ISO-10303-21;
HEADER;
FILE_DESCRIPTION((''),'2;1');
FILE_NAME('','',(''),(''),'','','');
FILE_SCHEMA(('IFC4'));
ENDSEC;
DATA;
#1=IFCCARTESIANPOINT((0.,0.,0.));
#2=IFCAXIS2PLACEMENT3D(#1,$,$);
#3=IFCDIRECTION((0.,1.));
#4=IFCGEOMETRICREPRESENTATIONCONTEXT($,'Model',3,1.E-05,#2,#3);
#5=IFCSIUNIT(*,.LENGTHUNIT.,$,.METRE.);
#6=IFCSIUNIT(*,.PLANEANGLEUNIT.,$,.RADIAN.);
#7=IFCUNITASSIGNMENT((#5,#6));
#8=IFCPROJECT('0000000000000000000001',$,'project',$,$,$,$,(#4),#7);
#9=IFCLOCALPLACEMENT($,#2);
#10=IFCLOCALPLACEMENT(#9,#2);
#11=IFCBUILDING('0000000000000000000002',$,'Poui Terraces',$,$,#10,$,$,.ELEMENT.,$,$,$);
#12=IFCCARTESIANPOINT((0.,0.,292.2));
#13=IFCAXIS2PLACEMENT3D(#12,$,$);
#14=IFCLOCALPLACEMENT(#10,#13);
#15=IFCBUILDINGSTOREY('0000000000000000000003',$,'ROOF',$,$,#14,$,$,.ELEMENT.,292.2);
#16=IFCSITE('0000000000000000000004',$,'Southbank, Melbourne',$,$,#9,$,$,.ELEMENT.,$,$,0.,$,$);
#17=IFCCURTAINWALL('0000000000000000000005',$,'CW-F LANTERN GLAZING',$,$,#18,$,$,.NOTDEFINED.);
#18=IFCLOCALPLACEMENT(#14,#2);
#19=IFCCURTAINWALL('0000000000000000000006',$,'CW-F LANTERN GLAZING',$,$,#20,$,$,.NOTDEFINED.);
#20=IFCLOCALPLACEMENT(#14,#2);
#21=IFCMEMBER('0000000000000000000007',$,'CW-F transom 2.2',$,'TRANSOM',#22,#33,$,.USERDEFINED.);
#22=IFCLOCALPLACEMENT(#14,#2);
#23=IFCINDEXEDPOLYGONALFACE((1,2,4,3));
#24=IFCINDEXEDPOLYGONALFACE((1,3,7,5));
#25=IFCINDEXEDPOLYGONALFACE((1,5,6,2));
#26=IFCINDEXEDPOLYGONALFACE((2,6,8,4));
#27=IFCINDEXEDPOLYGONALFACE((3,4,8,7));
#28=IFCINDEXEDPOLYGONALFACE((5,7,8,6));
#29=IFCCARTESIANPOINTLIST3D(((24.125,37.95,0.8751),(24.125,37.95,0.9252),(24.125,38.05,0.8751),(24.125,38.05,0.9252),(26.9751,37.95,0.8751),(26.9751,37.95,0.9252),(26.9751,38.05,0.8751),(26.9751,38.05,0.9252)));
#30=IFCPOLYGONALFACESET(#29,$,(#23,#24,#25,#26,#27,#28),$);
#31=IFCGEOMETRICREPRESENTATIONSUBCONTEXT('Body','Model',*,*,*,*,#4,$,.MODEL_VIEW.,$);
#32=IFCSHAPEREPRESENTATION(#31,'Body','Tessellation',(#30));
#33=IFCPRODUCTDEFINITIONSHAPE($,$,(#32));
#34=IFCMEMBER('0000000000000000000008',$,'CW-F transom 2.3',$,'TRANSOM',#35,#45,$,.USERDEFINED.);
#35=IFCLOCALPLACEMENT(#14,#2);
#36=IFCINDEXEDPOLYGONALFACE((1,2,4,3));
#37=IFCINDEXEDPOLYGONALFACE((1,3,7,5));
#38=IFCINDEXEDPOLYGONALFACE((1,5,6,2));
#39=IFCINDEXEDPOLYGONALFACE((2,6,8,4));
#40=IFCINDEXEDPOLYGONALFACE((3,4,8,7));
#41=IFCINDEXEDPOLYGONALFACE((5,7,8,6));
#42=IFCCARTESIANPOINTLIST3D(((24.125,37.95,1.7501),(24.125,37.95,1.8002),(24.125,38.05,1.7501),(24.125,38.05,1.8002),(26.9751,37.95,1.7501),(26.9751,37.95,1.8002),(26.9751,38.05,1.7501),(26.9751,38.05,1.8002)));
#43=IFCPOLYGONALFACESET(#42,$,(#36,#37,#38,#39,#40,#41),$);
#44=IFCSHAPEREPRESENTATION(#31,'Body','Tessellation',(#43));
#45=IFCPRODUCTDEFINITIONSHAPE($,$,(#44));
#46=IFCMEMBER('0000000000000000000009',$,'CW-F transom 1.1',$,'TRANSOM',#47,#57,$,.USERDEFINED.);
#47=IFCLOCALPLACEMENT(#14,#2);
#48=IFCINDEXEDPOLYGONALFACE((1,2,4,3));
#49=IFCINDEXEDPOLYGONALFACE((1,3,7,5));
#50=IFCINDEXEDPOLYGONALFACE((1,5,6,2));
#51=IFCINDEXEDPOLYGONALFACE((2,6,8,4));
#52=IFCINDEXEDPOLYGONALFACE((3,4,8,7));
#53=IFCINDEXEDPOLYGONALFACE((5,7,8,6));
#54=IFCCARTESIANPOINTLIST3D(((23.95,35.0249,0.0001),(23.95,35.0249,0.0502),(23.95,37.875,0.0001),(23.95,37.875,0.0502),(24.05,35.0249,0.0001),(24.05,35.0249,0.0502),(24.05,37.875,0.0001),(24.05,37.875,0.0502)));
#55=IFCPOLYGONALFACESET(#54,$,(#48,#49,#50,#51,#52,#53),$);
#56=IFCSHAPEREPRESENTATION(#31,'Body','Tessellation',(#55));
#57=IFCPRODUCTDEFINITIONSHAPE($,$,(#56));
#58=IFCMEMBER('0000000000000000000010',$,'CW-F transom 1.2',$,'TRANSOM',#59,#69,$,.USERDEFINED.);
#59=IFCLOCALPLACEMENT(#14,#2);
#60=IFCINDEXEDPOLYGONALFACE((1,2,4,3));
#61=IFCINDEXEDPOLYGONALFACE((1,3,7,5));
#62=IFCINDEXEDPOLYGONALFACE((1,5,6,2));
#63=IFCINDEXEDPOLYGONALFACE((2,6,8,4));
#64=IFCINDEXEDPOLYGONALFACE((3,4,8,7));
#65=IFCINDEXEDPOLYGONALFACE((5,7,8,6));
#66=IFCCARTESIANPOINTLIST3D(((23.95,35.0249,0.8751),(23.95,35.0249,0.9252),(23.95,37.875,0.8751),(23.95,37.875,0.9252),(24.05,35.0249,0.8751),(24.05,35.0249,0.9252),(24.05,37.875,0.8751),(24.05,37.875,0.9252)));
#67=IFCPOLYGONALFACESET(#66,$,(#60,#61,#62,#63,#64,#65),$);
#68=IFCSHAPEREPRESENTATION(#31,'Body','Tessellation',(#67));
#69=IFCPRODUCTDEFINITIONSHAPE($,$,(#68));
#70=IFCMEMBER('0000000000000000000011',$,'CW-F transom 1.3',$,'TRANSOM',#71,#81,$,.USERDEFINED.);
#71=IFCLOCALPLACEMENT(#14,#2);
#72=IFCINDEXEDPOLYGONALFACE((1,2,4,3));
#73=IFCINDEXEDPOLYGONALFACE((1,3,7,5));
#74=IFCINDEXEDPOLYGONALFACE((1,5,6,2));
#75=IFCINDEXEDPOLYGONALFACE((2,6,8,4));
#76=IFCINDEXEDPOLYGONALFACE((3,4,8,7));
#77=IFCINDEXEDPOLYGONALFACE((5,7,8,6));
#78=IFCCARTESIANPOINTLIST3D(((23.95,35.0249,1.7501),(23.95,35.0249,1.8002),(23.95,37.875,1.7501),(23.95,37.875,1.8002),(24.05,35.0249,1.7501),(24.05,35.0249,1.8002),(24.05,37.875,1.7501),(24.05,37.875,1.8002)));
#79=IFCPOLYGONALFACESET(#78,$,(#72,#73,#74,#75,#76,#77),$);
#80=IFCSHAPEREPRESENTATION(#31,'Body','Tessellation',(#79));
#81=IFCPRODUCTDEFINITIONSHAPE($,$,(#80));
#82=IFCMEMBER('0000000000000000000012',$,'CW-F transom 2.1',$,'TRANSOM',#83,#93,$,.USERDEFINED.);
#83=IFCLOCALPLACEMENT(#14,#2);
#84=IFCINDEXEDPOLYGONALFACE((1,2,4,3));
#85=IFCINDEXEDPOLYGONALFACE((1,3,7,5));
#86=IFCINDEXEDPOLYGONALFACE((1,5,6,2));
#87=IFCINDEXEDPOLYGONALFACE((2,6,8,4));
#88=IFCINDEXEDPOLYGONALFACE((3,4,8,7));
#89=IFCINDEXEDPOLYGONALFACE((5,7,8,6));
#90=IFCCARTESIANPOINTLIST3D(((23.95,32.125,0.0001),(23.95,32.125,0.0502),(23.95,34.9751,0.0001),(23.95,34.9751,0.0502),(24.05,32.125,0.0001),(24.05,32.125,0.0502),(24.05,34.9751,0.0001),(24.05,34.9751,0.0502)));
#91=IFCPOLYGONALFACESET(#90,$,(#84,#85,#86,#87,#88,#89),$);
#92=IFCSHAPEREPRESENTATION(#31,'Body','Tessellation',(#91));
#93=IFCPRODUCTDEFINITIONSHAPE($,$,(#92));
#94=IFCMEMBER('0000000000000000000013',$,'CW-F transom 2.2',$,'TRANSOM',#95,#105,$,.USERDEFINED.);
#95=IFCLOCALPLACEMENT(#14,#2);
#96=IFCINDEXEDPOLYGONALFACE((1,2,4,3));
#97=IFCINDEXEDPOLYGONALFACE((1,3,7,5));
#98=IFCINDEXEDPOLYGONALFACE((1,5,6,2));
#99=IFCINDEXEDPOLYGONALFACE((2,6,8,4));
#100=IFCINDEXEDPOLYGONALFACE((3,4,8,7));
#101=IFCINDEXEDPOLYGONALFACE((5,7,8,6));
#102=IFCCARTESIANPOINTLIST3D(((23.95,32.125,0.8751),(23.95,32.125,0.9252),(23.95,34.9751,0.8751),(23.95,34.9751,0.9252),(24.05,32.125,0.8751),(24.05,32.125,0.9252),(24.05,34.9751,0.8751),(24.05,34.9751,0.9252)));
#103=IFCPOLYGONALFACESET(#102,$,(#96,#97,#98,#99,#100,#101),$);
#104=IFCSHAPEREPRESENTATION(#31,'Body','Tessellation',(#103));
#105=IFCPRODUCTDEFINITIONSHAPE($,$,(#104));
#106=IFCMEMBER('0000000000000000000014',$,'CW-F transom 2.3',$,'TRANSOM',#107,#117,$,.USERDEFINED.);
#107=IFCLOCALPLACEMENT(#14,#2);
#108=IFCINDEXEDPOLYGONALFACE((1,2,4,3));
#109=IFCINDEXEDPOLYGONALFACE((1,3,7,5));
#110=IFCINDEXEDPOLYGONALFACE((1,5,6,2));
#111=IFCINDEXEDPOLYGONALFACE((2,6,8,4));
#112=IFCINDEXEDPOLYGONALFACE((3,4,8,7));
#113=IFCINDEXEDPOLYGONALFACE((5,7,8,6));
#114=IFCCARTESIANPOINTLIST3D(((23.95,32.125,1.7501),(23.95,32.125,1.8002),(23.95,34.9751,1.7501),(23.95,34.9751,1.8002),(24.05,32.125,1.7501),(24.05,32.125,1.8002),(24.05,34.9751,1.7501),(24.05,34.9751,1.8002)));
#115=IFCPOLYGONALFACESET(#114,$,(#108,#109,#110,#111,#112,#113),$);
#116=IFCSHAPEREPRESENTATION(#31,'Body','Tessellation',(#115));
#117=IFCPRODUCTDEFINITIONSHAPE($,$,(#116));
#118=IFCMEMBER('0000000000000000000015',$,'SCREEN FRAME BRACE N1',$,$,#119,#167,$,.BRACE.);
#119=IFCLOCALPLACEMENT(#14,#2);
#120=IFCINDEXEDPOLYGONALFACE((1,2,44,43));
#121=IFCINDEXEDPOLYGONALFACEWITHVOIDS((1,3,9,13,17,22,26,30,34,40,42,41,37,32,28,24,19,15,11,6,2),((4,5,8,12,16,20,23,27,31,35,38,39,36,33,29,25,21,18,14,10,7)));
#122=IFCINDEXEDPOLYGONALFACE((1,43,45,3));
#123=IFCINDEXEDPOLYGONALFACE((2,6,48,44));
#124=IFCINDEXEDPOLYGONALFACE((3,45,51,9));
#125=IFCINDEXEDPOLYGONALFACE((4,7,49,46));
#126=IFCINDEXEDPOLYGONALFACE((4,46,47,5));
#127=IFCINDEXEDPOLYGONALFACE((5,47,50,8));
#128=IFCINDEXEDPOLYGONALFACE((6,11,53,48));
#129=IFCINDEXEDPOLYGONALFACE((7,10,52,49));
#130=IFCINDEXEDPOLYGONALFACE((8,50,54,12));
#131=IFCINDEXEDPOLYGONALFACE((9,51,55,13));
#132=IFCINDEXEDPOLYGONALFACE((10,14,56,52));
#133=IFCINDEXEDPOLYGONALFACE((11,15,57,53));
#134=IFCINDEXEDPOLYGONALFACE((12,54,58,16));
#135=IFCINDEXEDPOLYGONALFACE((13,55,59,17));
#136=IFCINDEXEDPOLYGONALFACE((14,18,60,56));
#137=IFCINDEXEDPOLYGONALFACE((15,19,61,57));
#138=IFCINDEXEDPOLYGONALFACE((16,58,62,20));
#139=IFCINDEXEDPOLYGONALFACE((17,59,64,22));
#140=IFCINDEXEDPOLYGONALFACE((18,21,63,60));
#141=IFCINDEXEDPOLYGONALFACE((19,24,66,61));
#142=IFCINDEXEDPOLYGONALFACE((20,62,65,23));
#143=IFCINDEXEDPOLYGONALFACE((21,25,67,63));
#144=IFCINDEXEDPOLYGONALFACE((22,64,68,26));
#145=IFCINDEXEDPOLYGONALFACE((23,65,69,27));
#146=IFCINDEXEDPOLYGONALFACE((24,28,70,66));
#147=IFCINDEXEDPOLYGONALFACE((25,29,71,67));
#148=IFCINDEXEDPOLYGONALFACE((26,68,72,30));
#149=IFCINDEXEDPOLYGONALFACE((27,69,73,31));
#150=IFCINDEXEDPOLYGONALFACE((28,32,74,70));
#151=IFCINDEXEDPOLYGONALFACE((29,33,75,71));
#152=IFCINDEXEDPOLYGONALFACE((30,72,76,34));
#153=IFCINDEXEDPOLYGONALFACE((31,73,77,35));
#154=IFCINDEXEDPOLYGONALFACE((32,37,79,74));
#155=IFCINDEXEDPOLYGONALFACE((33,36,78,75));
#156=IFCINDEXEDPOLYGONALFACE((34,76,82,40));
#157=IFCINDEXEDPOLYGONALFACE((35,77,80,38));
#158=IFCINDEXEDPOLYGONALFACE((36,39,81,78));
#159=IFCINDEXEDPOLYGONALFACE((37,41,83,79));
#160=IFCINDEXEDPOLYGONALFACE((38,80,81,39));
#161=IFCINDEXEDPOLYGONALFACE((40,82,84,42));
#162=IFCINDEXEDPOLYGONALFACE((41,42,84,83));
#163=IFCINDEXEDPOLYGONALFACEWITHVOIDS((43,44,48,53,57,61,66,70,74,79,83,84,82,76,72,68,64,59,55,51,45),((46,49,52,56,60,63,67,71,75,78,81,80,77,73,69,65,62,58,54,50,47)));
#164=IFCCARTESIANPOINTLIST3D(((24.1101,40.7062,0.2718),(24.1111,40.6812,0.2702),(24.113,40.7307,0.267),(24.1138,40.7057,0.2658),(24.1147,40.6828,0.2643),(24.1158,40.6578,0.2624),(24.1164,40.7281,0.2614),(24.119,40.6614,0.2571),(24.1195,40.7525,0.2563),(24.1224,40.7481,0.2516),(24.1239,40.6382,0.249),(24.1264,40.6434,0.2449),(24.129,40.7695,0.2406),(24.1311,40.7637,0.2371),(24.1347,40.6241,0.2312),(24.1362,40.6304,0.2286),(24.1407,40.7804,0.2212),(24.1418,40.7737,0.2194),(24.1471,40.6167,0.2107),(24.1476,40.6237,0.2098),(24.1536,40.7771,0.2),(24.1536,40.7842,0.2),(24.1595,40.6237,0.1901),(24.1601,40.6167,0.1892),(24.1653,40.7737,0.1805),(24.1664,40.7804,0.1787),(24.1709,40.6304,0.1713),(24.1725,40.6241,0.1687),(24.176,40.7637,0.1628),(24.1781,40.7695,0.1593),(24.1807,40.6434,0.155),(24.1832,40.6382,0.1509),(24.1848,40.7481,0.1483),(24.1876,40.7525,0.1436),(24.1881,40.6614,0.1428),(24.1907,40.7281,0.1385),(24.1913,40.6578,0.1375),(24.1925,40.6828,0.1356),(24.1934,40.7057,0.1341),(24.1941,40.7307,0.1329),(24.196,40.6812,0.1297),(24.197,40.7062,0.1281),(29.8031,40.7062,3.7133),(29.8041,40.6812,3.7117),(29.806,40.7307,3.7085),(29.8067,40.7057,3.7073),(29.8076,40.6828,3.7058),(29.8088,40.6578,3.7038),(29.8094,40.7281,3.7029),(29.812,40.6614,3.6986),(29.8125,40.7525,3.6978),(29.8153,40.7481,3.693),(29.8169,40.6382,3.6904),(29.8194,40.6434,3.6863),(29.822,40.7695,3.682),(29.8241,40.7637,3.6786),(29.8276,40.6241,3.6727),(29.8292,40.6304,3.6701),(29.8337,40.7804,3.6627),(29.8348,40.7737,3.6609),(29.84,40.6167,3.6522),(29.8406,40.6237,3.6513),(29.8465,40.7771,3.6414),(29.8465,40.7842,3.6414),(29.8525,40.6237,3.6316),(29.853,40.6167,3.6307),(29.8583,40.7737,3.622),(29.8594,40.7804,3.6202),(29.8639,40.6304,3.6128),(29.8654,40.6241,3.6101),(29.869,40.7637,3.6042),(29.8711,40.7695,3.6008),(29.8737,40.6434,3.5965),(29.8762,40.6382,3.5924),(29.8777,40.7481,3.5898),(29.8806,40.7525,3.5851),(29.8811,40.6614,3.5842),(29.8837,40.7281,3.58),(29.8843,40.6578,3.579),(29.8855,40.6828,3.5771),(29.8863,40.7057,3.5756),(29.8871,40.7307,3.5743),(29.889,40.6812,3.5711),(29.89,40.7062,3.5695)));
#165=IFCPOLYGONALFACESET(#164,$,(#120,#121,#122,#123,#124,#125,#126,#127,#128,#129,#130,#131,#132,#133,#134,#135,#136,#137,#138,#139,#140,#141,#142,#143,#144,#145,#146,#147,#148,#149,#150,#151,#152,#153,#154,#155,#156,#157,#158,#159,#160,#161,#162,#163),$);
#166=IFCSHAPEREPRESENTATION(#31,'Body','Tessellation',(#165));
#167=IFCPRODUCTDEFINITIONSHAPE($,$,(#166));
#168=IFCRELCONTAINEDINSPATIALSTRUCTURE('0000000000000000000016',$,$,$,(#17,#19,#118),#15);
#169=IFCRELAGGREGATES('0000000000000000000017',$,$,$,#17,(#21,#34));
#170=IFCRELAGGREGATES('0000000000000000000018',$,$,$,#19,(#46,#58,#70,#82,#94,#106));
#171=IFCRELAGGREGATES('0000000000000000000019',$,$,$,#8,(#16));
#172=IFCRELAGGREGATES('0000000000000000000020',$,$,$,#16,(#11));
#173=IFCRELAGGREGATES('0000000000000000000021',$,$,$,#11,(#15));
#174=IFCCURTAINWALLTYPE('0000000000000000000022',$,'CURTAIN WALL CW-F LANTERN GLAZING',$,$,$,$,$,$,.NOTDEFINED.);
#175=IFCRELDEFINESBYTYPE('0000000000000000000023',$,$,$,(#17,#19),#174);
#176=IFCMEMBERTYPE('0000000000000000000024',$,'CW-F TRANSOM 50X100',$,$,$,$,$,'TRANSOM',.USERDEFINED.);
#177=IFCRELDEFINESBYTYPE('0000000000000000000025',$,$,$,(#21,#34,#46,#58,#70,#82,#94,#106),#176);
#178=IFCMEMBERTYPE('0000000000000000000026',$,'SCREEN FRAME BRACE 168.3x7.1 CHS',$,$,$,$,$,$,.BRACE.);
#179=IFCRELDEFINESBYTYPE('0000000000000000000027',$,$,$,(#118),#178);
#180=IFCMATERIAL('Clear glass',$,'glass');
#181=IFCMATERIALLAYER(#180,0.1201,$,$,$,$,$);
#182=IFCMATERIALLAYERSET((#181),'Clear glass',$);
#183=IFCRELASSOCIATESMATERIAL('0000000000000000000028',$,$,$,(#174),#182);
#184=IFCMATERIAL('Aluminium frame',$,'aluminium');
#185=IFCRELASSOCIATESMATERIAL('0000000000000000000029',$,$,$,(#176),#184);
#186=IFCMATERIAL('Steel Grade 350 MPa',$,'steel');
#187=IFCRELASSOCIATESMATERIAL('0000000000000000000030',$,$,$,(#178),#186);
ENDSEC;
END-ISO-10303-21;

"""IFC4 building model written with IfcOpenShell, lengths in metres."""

from ifc_helpers import new_model, si_unit, direction, frame, origin, origin_2d, place, context, subcontext, project, spatial, rectangle, hollow_circle, extrude, material, layer, layer_set, material_profile, profile_set, type_object, element, aggregate, save


model = new_model("IFC4")

# Units and contexts
model_context = context("Model", 3, precision=1e-05, world=origin(), true_north=direction((0.0, 1.0)))
body_context = subcontext(model_context, "Body", "Model", "MODEL_VIEW")
ifc_project = project(units=[si_unit("LENGTHUNIT", "METRE"), si_unit("PLANEANGLEUNIT", "RADIAN")], contexts=[model_context])

# Site, building, storey
site_placement = place(None, origin())
site = spatial("IfcSite", under=ifc_project, at=site_placement, Name="Southbank, Melbourne", CompositionType="ELEMENT", RefElevation=0.0)
building_placement = place(site_placement, origin())
building = spatial("IfcBuilding", under=site, at=building_placement, Name="Poui Terraces", CompositionType="ELEMENT")
storey_placement = place(building_placement, frame((0.0, 0.0, 292.2)))
storey = spatial("IfcBuildingStorey", under=building, at=storey_placement, Name="ROOF", CompositionType="ELEMENT", Elevation=292.2)

# Shared definitions
ifc_material_1 = material(Name="Steel Grade 350 MPa", Category="steel")

# Curtain walls
ifc_material_2 = material(Name="Clear glass", Category="glass")
ifc_layer_1 = layer(ifc_material_2, 0.1201)
ifc_layer_set_1 = layer_set([ifc_layer_1], Name="Clear glass")
curtain_wall_type = type_object("IfcCurtainWallType", Name="CURTAIN WALL CW-F LANTERN GLAZING", PredefinedType="NOTDEFINED", material=ifc_layer_set_1)
curtain_wall_1_placement = place(storey_placement, origin())
curtain_wall_1 = element("IfcCurtainWall", 1, at=curtain_wall_1_placement, inside=storey, type_object=curtain_wall_type, Name="CW-F LANTERN GLAZING", PredefinedType="NOTDEFINED")
ifc_material_3 = material(Name="Aluminium frame", Category="aluminium")
curtain_wall_2_placement = place(storey_placement, origin())
curtain_wall_2 = element("IfcCurtainWall", 2, at=curtain_wall_2_placement, inside=storey, type_object=curtain_wall_type, Name="CW-F LANTERN GLAZING", PredefinedType="NOTDEFINED")

# Members
ifc_material_profile_1 = material_profile(ifc_material_3, rectangle(XDim=0.1001, YDim=0.05, at=origin_2d()), Name="CW-F TRANSOM 50X100")
ifc_profile_set_1 = profile_set([ifc_material_profile_1], Name="Aluminium frame")
member_type_1 = type_object("IfcMemberType", Name="CW-F TRANSOM 50X100", ElementType="TRANSOM", PredefinedType="USERDEFINED", material=ifc_profile_set_1)
member_1_placement = place(storey_placement, frame((26.9751, 38.0, 0.9001), z_axis=(-1.0, 0.0, 0.0), x_axis=(0.0, -1.0, 0.0)))
member_1 = element("IfcMember", 3, at=member_1_placement, type_object=member_type_1, Name="CW-F transom 2.2", ObjectType="TRANSOM", PredefinedType="USERDEFINED", context=body_context, shape_type="SweptSolid", body=[
    extrude(rectangle(XDim=0.1001, YDim=0.05, at=origin_2d()), origin(), (0.0, 0.0, 1.0), 2.8501),
])
member_2_placement = place(storey_placement, frame((26.9751, 38.0, 1.7751), z_axis=(-1.0, 0.0, 0.0), x_axis=(0.0, -1.0, 0.0)))
member_2 = element("IfcMember", 4, at=member_2_placement, type_object=member_type_1, Name="CW-F transom 2.3", ObjectType="TRANSOM", PredefinedType="USERDEFINED", context=body_context, shape_type="SweptSolid", body=[
    extrude(rectangle(XDim=0.1001, YDim=0.05, at=origin_2d()), origin(), (0.0, 0.0, 1.0), 2.8501),
])
member_3_placement = place(storey_placement, frame((24.0, 37.875, 0.0251), z_axis=(0.0, -1.0, 0.0), x_axis=(1.0, 0.0, 0.0)))
member_3 = element("IfcMember", 5, at=member_3_placement, type_object=member_type_1, Name="CW-F transom 1.1", ObjectType="TRANSOM", PredefinedType="USERDEFINED", context=body_context, shape_type="SweptSolid", body=[
    extrude(rectangle(XDim=0.1001, YDim=0.05, at=origin_2d()), origin(), (0.0, 0.0, 1.0), 2.8501),
])
member_4_placement = place(storey_placement, frame((24.0, 37.875, 0.9001), z_axis=(0.0, -1.0, 0.0), x_axis=(1.0, 0.0, 0.0)))
member_4 = element("IfcMember", 6, at=member_4_placement, type_object=member_type_1, Name="CW-F transom 1.2", ObjectType="TRANSOM", PredefinedType="USERDEFINED", context=body_context, shape_type="SweptSolid", body=[
    extrude(rectangle(XDim=0.1001, YDim=0.05, at=origin_2d()), origin(), (0.0, 0.0, 1.0), 2.8501),
])
member_5_placement = place(storey_placement, frame((24.0, 37.875, 1.7751), z_axis=(0.0, -1.0, 0.0), x_axis=(1.0, 0.0, 0.0)))
member_5 = element("IfcMember", 7, at=member_5_placement, type_object=member_type_1, Name="CW-F transom 1.3", ObjectType="TRANSOM", PredefinedType="USERDEFINED", context=body_context, shape_type="SweptSolid", body=[
    extrude(rectangle(XDim=0.1001, YDim=0.05, at=origin_2d()), origin(), (0.0, 0.0, 1.0), 2.8501),
])
member_6_placement = place(storey_placement, frame((24.0, 34.9751, 0.0251), z_axis=(0.0, -1.0, 0.0), x_axis=(1.0, 0.0, 0.0)))
member_6 = element("IfcMember", 8, at=member_6_placement, type_object=member_type_1, Name="CW-F transom 2.1", ObjectType="TRANSOM", PredefinedType="USERDEFINED", context=body_context, shape_type="SweptSolid", body=[
    extrude(rectangle(XDim=0.1001, YDim=0.05, at=origin_2d()), origin(), (0.0, 0.0, 1.0), 2.8501),
])
member_7_placement = place(storey_placement, frame((24.0, 34.9751, 0.9001), z_axis=(0.0, -1.0, 0.0), x_axis=(1.0, 0.0, 0.0)))
member_7 = element("IfcMember", 9, at=member_7_placement, type_object=member_type_1, Name="CW-F transom 2.2", ObjectType="TRANSOM", PredefinedType="USERDEFINED", context=body_context, shape_type="SweptSolid", body=[
    extrude(rectangle(XDim=0.1001, YDim=0.05, at=origin_2d()), origin(), (0.0, 0.0, 1.0), 2.8501),
])
member_8_placement = place(storey_placement, frame((24.0, 34.9751, 1.7751), z_axis=(0.0, -1.0, 0.0), x_axis=(1.0, 0.0, 0.0)))
member_8 = element("IfcMember", 10, at=member_8_placement, type_object=member_type_1, Name="CW-F transom 2.3", ObjectType="TRANSOM", PredefinedType="USERDEFINED", context=body_context, shape_type="SweptSolid", body=[
    extrude(rectangle(XDim=0.1001, YDim=0.05, at=origin_2d()), origin(), (0.0, 0.0, 1.0), 2.8501),
])
ifc_material_profile_2 = material_profile(ifc_material_1, hollow_circle(Radius=0.0842, WallThickness=0.0071, at=origin_2d()), Name="168.3x7.1 CHS")
ifc_profile_set_2 = profile_set([ifc_material_profile_2], Name="Steel Grade 350 MPa")
member_type_2 = type_object("IfcMemberType", Name="SCREEN FRAME BRACE 168.3x7.1 CHS", PredefinedType="BRACE", material=ifc_profile_set_2)
member_9_placement = place(storey_placement, frame((24.1536, 40.7, 0.2), z_axis=(0.855785, 0.0, 0.517332), x_axis=(0.0, 1.0, 0.0)))
element("IfcMember", 11, at=member_9_placement, inside=storey, type_object=member_type_2, Name="SCREEN FRAME BRACE N1", PredefinedType="BRACE", context=body_context, shape_type="SweptSolid", body=[
    extrude(hollow_circle(Radius=0.0842, WallThickness=0.0071, at=origin_2d()), origin(), (0.0, 0.0, 1.0), 6.6523),
])

aggregate(curtain_wall_1, [member_1, member_2])
aggregate(curtain_wall_2, [member_3, member_4, member_5, member_6, member_7, member_8])

save(model, "model.ifc")
